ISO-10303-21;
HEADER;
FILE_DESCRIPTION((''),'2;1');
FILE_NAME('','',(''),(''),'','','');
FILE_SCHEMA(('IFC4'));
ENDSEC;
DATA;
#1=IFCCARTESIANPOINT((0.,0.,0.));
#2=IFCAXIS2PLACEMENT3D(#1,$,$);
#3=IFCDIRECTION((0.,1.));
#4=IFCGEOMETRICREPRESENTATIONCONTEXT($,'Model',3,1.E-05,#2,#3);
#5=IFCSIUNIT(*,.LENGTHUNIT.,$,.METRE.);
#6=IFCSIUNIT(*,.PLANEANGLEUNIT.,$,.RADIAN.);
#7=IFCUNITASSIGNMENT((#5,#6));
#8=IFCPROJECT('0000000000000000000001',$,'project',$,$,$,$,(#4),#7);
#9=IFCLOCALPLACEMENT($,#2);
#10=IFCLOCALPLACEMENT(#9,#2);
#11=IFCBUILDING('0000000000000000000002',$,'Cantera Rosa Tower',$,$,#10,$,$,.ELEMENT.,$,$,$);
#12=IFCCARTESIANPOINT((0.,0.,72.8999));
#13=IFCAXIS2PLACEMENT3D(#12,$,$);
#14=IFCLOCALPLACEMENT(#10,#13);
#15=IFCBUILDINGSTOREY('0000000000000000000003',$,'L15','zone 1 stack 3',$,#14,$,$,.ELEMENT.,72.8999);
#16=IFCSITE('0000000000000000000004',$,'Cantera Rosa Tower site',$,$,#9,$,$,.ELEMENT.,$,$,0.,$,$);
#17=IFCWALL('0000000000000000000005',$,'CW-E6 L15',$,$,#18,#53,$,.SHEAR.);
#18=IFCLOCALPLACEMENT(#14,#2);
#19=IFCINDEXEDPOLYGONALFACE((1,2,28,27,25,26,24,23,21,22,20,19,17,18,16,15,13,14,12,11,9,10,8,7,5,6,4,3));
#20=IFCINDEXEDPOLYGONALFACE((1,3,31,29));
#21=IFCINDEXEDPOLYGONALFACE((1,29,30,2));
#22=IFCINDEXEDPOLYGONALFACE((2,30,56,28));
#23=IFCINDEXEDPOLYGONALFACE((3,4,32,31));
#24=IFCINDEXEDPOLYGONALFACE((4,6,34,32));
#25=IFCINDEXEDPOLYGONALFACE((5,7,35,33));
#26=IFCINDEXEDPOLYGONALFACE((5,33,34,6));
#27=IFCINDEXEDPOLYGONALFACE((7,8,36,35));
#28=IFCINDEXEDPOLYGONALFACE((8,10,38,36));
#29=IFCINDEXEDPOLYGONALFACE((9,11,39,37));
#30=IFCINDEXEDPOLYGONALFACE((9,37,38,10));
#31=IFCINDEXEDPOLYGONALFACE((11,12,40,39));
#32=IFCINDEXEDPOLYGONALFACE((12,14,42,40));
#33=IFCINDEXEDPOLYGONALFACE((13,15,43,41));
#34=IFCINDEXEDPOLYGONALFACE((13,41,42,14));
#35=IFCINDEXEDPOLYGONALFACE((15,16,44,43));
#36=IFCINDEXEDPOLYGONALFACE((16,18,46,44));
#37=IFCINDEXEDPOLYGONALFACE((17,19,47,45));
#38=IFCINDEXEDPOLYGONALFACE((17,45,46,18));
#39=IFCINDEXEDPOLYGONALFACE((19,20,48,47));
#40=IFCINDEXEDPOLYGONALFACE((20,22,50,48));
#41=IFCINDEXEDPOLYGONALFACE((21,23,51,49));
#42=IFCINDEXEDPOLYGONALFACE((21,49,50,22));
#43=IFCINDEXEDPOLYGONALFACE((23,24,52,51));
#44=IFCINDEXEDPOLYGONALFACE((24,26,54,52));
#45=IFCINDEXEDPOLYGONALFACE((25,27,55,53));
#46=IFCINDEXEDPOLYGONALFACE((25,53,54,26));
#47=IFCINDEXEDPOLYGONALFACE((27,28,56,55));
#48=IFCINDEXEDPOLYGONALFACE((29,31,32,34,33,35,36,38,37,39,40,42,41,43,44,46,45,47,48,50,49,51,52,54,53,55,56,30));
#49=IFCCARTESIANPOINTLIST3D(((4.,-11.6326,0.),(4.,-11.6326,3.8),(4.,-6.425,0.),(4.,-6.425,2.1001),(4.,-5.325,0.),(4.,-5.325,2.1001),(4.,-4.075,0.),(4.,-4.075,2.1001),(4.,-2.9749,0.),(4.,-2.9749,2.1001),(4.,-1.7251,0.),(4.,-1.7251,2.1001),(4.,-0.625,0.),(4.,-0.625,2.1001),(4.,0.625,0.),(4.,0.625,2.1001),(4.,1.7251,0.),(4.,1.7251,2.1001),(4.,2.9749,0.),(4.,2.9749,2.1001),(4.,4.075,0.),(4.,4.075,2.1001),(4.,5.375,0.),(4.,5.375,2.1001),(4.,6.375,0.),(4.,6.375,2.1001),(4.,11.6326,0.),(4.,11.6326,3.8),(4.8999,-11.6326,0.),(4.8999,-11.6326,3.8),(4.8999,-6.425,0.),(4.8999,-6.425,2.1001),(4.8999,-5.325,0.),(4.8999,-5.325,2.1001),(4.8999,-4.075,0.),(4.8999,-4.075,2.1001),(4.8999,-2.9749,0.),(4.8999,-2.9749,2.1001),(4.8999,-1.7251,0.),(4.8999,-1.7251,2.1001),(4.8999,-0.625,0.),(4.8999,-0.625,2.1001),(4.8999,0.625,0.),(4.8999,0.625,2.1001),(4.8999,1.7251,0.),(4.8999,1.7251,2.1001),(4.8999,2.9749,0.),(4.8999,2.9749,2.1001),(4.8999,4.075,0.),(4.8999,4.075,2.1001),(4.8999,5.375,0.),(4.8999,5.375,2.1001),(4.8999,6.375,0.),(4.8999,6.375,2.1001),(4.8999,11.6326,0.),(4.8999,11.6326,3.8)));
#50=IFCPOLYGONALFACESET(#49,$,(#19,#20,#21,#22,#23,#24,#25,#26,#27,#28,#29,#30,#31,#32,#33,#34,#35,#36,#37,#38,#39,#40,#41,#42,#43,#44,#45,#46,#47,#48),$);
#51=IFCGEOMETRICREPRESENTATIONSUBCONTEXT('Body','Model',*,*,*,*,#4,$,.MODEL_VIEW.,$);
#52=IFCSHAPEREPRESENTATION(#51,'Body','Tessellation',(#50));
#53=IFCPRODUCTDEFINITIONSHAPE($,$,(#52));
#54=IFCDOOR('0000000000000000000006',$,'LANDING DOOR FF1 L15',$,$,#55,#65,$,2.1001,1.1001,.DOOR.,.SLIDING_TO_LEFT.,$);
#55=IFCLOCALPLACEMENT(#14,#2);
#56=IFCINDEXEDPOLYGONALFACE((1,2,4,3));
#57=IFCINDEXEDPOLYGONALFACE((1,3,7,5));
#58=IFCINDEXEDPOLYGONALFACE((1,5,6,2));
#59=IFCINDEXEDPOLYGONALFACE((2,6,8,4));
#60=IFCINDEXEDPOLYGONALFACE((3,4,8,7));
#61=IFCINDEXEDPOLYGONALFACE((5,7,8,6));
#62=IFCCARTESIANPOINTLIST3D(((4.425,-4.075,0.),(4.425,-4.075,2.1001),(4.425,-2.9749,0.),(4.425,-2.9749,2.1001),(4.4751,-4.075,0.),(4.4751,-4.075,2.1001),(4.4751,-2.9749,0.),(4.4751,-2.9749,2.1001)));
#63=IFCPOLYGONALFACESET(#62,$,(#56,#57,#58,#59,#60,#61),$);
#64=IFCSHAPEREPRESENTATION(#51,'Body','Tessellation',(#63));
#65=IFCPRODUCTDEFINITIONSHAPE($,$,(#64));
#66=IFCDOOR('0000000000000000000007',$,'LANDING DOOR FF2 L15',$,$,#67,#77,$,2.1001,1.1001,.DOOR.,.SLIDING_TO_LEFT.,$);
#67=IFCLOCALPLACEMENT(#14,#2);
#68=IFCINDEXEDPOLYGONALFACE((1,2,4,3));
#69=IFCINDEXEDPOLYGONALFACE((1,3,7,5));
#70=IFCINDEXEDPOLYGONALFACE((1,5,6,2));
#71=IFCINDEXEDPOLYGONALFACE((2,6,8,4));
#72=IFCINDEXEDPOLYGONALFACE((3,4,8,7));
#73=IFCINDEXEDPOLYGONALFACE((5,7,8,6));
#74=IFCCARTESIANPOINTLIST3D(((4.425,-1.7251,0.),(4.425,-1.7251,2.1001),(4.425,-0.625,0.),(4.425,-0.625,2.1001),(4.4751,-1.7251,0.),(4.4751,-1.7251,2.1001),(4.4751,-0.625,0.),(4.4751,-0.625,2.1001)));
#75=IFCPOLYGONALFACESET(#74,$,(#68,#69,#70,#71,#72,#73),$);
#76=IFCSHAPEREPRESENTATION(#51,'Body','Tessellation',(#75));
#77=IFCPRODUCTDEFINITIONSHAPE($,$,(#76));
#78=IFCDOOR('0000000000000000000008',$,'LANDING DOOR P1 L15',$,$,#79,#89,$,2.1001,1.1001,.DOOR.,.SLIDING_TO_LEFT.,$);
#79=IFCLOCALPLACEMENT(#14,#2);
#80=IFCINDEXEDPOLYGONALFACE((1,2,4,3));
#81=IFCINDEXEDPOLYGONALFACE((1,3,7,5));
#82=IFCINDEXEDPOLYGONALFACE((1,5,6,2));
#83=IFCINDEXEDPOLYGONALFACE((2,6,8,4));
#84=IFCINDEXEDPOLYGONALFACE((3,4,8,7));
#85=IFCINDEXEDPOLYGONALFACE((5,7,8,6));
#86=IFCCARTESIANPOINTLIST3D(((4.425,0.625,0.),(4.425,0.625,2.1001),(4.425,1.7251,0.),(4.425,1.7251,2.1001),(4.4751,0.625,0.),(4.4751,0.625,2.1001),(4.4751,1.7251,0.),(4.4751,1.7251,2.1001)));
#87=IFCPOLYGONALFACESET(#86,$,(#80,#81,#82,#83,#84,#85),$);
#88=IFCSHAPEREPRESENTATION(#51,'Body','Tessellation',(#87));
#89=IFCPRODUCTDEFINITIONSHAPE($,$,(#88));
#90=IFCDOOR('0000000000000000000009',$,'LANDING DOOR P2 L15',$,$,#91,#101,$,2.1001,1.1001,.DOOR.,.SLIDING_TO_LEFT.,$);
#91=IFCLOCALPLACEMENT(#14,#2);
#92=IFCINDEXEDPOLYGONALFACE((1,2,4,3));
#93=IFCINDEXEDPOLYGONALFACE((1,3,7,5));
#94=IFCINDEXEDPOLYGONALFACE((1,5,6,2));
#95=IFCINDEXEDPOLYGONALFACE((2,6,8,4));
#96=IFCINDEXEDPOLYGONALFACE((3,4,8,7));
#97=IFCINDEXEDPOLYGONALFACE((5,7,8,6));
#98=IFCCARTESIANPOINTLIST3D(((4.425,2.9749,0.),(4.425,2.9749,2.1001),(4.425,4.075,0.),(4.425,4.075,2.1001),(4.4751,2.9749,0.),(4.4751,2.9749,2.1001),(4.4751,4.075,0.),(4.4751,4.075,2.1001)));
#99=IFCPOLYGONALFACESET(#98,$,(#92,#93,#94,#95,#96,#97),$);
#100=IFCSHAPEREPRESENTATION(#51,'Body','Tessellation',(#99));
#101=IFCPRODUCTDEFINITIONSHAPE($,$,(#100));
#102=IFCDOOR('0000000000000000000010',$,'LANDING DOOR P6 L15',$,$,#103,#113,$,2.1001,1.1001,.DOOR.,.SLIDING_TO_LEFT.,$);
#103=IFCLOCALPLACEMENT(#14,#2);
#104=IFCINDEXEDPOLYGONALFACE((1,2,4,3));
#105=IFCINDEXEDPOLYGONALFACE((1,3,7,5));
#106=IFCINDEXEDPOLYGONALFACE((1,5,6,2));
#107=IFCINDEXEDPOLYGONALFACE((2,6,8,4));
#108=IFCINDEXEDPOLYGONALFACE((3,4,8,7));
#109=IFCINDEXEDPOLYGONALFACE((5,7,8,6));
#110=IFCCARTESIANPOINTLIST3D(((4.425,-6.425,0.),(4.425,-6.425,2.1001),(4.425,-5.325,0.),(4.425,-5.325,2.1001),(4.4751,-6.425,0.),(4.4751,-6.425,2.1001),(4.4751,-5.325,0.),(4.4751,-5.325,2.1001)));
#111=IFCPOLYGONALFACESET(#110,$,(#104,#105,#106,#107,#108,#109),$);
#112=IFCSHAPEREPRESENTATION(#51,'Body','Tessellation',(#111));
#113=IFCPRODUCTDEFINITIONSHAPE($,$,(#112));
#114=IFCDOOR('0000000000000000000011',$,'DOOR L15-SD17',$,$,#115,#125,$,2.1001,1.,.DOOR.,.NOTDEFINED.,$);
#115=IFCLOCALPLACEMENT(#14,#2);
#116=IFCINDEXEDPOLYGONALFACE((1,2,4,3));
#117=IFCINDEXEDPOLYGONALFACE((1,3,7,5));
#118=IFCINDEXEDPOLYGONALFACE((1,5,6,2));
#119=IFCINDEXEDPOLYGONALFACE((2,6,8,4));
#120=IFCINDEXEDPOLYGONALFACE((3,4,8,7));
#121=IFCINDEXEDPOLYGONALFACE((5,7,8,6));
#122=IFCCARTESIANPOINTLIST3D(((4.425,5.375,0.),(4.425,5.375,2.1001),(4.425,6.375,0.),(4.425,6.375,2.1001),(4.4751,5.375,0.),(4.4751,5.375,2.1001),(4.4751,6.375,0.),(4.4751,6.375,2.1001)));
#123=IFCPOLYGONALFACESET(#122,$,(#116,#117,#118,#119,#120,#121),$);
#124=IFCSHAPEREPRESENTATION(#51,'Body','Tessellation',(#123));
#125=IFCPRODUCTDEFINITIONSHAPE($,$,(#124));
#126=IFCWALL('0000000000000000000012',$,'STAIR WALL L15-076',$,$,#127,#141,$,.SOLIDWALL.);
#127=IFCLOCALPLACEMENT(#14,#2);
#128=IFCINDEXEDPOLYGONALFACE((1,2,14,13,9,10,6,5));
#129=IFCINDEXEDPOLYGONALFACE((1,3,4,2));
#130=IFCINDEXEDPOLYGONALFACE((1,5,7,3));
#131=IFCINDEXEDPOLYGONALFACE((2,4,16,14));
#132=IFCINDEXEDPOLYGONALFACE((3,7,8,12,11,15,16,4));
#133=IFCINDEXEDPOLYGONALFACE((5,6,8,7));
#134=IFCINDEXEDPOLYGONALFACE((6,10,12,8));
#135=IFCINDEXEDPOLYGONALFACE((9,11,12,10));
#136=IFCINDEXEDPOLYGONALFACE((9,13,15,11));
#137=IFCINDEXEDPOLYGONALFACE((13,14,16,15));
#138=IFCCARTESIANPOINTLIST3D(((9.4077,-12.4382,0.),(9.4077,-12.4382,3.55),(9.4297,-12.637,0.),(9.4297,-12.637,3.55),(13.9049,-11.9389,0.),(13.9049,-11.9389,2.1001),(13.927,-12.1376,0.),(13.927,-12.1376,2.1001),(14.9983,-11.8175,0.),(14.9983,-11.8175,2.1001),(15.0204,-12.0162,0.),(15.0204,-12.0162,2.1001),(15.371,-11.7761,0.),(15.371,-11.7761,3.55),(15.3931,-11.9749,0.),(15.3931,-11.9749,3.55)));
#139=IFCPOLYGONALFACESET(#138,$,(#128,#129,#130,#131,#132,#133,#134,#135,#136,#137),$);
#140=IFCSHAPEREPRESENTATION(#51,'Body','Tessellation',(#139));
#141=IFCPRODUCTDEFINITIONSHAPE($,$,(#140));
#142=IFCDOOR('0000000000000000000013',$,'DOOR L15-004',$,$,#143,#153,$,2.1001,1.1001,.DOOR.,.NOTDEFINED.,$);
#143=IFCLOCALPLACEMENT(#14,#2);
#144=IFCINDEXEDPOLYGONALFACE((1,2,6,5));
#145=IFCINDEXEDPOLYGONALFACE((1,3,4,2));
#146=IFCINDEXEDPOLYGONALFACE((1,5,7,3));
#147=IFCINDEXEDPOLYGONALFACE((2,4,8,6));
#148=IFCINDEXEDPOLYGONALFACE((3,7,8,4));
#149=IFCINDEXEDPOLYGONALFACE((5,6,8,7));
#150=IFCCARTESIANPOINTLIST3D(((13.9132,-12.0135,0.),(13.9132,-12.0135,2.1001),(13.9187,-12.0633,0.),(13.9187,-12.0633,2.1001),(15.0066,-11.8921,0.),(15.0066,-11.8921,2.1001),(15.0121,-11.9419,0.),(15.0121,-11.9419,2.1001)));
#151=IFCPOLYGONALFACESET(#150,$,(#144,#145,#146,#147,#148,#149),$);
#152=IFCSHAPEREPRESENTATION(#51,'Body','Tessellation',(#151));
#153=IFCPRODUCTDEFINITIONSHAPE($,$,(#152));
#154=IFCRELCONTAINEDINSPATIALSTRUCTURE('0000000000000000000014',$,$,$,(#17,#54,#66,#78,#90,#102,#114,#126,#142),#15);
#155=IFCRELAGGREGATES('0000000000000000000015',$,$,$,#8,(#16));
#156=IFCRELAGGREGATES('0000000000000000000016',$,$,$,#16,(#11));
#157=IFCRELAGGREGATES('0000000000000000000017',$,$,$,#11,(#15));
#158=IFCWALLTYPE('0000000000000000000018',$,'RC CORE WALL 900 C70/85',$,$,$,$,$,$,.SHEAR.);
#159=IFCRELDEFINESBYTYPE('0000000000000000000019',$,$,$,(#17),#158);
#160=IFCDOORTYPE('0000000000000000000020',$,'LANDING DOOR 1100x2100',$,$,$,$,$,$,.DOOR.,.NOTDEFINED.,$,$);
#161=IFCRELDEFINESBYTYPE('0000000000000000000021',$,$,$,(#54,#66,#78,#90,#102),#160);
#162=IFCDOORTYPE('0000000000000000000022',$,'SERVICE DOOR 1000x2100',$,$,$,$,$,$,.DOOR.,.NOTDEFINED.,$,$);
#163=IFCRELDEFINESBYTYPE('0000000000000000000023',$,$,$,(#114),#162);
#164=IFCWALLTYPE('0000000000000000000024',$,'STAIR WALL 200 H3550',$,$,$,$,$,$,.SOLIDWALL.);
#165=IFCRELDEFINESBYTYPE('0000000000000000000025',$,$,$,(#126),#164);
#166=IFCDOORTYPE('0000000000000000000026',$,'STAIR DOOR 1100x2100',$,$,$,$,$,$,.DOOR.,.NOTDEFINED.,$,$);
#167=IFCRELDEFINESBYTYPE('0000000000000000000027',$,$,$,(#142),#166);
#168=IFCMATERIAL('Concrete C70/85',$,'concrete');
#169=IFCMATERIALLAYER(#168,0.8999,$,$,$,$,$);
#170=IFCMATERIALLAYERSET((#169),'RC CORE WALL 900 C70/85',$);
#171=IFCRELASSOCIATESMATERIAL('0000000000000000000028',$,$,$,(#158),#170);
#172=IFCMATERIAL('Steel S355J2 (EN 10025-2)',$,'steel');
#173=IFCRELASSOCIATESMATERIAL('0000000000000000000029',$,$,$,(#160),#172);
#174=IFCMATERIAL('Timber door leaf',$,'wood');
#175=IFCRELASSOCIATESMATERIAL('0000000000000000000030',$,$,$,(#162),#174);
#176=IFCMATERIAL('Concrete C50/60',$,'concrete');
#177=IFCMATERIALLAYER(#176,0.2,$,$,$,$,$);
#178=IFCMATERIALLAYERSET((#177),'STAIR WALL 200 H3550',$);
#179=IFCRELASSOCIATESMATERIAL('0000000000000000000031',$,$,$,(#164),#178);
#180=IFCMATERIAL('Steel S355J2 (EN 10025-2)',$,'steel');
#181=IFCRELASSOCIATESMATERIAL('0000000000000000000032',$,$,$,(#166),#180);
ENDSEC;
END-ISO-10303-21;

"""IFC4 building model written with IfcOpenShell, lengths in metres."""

from ifc_helpers import new_model, si_unit, direction, frame, frame_2d, origin, place, context, subcontext, project, spatial, rectangle, extrude, material, layer, layer_set, type_object, element, fill, save


model = new_model("IFC4")

# Units and contexts
model_context = context("Model", 3, precision=1e-05, world=origin(), true_north=direction((0.0, 1.0)))
body_context = subcontext(model_context, "Body", "Model", "MODEL_VIEW")
ifc_project = project(units=[si_unit("LENGTHUNIT", "METRE"), si_unit("PLANEANGLEUNIT", "RADIAN")], contexts=[model_context])

# Site, building, storey
site_placement = place(None, origin())
site = spatial("IfcSite", under=ifc_project, at=site_placement, Name="Cantera Rosa Tower site", CompositionType="ELEMENT", RefElevation=0.0)
building_placement = place(site_placement, origin())
building = spatial("IfcBuilding", under=site, at=building_placement, Name="Cantera Rosa Tower", CompositionType="ELEMENT")
storey_placement = place(building_placement, frame((0.0, 0.0, 72.8999)))
storey = spatial("IfcBuildingStorey", under=building, at=storey_placement, Name="L15", Description="zone 1 stack 3", CompositionType="ELEMENT", Elevation=72.8999)

# Wall, openings, doors
ifc_material_1 = material(Name="Concrete C70/85", Category="concrete")
ifc_layer_1 = layer(ifc_material_1, 0.8999)
ifc_layer_set_1 = layer_set([ifc_layer_1], Name="RC CORE WALL 900 C70/85")
wall_type_1 = type_object("IfcWallType", Name="RC CORE WALL 900 C70/85", PredefinedType="SHEAR", material=ifc_layer_set_1)
wall_1_placement = place(storey_placement, frame((4.45, -11.6326, 0.0), z_axis=(0.0, 0.0, 1.0), x_axis=(0.0, 1.0, 0.0)))
wall_1 = element("IfcWall", 1, at=wall_1_placement, inside=storey, type_object=wall_type_1, Name="CW-E6 L15", PredefinedType="SHEAR", context=body_context, shape_type="SweptSolid", body=[
    extrude(rectangle(XDim=23.2651, YDim=0.8999, at=frame_2d((11.6326, 0.0))), origin(), (0.0, 0.0, 1.0), 3.8),
])
opening_1_placement = place(wall_1_placement, frame((7.5576, 0.0, 0.0)))
opening_1 = element("IfcOpeningElement", 2, at=opening_1_placement, cuts=wall_1, PredefinedType="OPENING", context=body_context, shape_type="SweptSolid", body=[
    extrude(rectangle(XDim=1.1001, YDim=2.1001, at=frame_2d((0.55, 1.05))), frame((0.0, 0.46, 0.0), z_axis=(0.0, -1.0, 0.0), x_axis=(1.0, 0.0, 0.0)), (0.0, 0.0, 1.0), 0.9199),
])
opening_2_placement = place(wall_1_placement, frame((9.9075, 0.0, 0.0)))
opening_2 = element("IfcOpeningElement", 3, at=opening_2_placement, cuts=wall_1, PredefinedType="OPENING", context=body_context, shape_type="SweptSolid", body=[
    extrude(rectangle(XDim=1.1001, YDim=2.1001, at=frame_2d((0.55, 1.05))), frame((0.0, 0.46, 0.0), z_axis=(0.0, -1.0, 0.0), x_axis=(1.0, 0.0, 0.0)), (0.0, 0.0, 1.0), 0.9199),
])
opening_3_placement = place(wall_1_placement, frame((12.2576, 0.0, 0.0)))
opening_3 = element("IfcOpeningElement", 4, at=opening_3_placement, cuts=wall_1, PredefinedType="OPENING", context=body_context, shape_type="SweptSolid", body=[
    extrude(rectangle(XDim=1.1001, YDim=2.1001, at=frame_2d((0.55, 1.05))), frame((0.0, 0.46, 0.0), z_axis=(0.0, -1.0, 0.0), x_axis=(1.0, 0.0, 0.0)), (0.0, 0.0, 1.0), 0.9199),
])
opening_4_placement = place(wall_1_placement, frame((14.6074, 0.0, 0.0)))
opening_4 = element("IfcOpeningElement", 5, at=opening_4_placement, cuts=wall_1, PredefinedType="OPENING", context=body_context, shape_type="SweptSolid", body=[
    extrude(rectangle(XDim=1.1001, YDim=2.1001, at=frame_2d((0.55, 1.05))), frame((0.0, 0.46, 0.0), z_axis=(0.0, -1.0, 0.0), x_axis=(1.0, 0.0, 0.0)), (0.0, 0.0, 1.0), 0.9199),
])
opening_5_placement = place(wall_1_placement, frame((5.2075, 0.0, 0.0)))
opening_5 = element("IfcOpeningElement", 6, at=opening_5_placement, cuts=wall_1, PredefinedType="OPENING", context=body_context, shape_type="SweptSolid", body=[
    extrude(rectangle(XDim=1.1001, YDim=2.1001, at=frame_2d((0.55, 1.05))), frame((0.0, 0.46, 0.0), z_axis=(0.0, -1.0, 0.0), x_axis=(1.0, 0.0, 0.0)), (0.0, 0.0, 1.0), 0.9199),
])
opening_6_placement = place(wall_1_placement, frame((17.0076, 0.0, 0.0)))
opening_6 = element("IfcOpeningElement", 7, at=opening_6_placement, cuts=wall_1, PredefinedType="OPENING", context=body_context, shape_type="SweptSolid", body=[
    extrude(rectangle(XDim=1.0, YDim=2.1001, at=frame_2d((0.5, 1.05))), frame((0.0, 0.46, 0.0), z_axis=(0.0, -1.0, 0.0), x_axis=(1.0, 0.0, 0.0)), (0.0, 0.0, 1.0), 0.9199),
])
ifc_material_2 = material(Name="Steel S355J2 (EN 10025-2)", Category="steel")
door_type_1 = type_object("IfcDoorType", Name="LANDING DOOR 1100x2100", OperationType="NOTDEFINED", PredefinedType="DOOR", material=ifc_material_2)
door_1_placement = place(opening_1_placement, origin())
door_1 = element("IfcDoor", 8, at=door_1_placement, inside=storey, type_object=door_type_1, Name="LANDING DOOR FF1 L15", OperationType="SLIDING_TO_LEFT", OverallHeight=2.1001, OverallWidth=1.1001, PredefinedType="DOOR", context=body_context, shape_type="SweptSolid", body=[
    extrude(rectangle(XDim=1.1001, YDim=2.1001, at=frame_2d((0.55, 1.05))), frame((0.0, 0.0249, 0.0), z_axis=(0.0, -1.0, 0.0), x_axis=(1.0, 0.0, 0.0)), (0.0, 0.0, 1.0), 0.05),
])
fill(opening_1, door_1)
door_2_placement = place(opening_2_placement, origin())
door_2 = element("IfcDoor", 9, at=door_2_placement, inside=storey, type_object=door_type_1, Name="LANDING DOOR FF2 L15", OperationType="SLIDING_TO_LEFT", OverallHeight=2.1001, OverallWidth=1.1001, PredefinedType="DOOR", context=body_context, shape_type="SweptSolid", body=[
    extrude(rectangle(XDim=1.1001, YDim=2.1001, at=frame_2d((0.55, 1.05))), frame((0.0, 0.0249, 0.0), z_axis=(0.0, -1.0, 0.0), x_axis=(1.0, 0.0, 0.0)), (0.0, 0.0, 1.0), 0.05),
])
fill(opening_2, door_2)
door_3_placement = place(opening_3_placement, origin())
door_3 = element("IfcDoor", 10, at=door_3_placement, inside=storey, type_object=door_type_1, Name="LANDING DOOR P1 L15", OperationType="SLIDING_TO_LEFT", OverallHeight=2.1001, OverallWidth=1.1001, PredefinedType="DOOR", context=body_context, shape_type="SweptSolid", body=[
    extrude(rectangle(XDim=1.1001, YDim=2.1001, at=frame_2d((0.55, 1.05))), frame((0.0, 0.0249, 0.0), z_axis=(0.0, -1.0, 0.0), x_axis=(1.0, 0.0, 0.0)), (0.0, 0.0, 1.0), 0.05),
])
fill(opening_3, door_3)
door_4_placement = place(opening_4_placement, origin())
door_4 = element("IfcDoor", 11, at=door_4_placement, inside=storey, type_object=door_type_1, Name="LANDING DOOR P2 L15", OperationType="SLIDING_TO_LEFT", OverallHeight=2.1001, OverallWidth=1.1001, PredefinedType="DOOR", context=body_context, shape_type="SweptSolid", body=[
    extrude(rectangle(XDim=1.1001, YDim=2.1001, at=frame_2d((0.55, 1.05))), frame((0.0, 0.0249, 0.0), z_axis=(0.0, -1.0, 0.0), x_axis=(1.0, 0.0, 0.0)), (0.0, 0.0, 1.0), 0.05),
])
fill(opening_4, door_4)
door_5_placement = place(opening_5_placement, origin())
door_5 = element("IfcDoor", 12, at=door_5_placement, inside=storey, type_object=door_type_1, Name="LANDING DOOR P6 L15", OperationType="SLIDING_TO_LEFT", OverallHeight=2.1001, OverallWidth=1.1001, PredefinedType="DOOR", context=body_context, shape_type="SweptSolid", body=[
    extrude(rectangle(XDim=1.1001, YDim=2.1001, at=frame_2d((0.55, 1.05))), frame((0.0, 0.0249, 0.0), z_axis=(0.0, -1.0, 0.0), x_axis=(1.0, 0.0, 0.0)), (0.0, 0.0, 1.0), 0.05),
])
fill(opening_5, door_5)
ifc_material_3 = material(Name="Timber door leaf", Category="wood")
door_type_2 = type_object("IfcDoorType", Name="SERVICE DOOR 1000x2100", OperationType="NOTDEFINED", PredefinedType="DOOR", material=ifc_material_3)
door_6_placement = place(opening_6_placement, origin())
door_6 = element("IfcDoor", 13, at=door_6_placement, inside=storey, type_object=door_type_2, Name="DOOR L15-SD17", OperationType="NOTDEFINED", OverallHeight=2.1001, OverallWidth=1.0, PredefinedType="DOOR", context=body_context, shape_type="SweptSolid", body=[
    extrude(rectangle(XDim=1.0, YDim=2.1001, at=frame_2d((0.5, 1.05))), frame((0.0, 0.0249, 0.0), z_axis=(0.0, -1.0, 0.0), x_axis=(1.0, 0.0, 0.0)), (0.0, 0.0, 1.0), 0.05),
])
fill(opening_6, door_6)

# Wall, opening, door
ifc_material_4 = material(Name="Concrete C50/60", Category="concrete")
ifc_layer_2 = layer(ifc_material_4, 0.2)
ifc_layer_set_2 = layer_set([ifc_layer_2], Name="STAIR WALL 200 H3550")
wall_type_2 = type_object("IfcWallType", Name="STAIR WALL 200 H3550", PredefinedType="SOLIDWALL", material=ifc_layer_set_2)
wall_2_placement = place(storey_placement, frame((9.4187, -12.5376, 0.0), z_axis=(0.0, 0.0, 1.0), x_axis=(0.993893, 0.110351, 0.0)))
wall_2 = element("IfcWall", 14, at=wall_2_placement, inside=storey, type_object=wall_type_2, Name="STAIR WALL L15-076", PredefinedType="SOLIDWALL", context=body_context, shape_type="SweptSolid", body=[
    extrude(rectangle(XDim=6.0, YDim=0.2, at=frame_2d((3.0, 0.0))), origin(), (0.0, 0.0, 1.0), 3.55),
])
opening_7_placement = place(wall_2_placement, frame((4.5249, 0.0, 0.0)))
opening_7 = element("IfcOpeningElement", 15, at=opening_7_placement, cuts=wall_2, PredefinedType="OPENING", context=body_context, shape_type="SweptSolid", body=[
    extrude(rectangle(XDim=1.1001, YDim=2.1001, at=frame_2d((0.55, 1.05))), frame((0.0, 0.1099, 0.0), z_axis=(0.0, -1.0, 0.0), x_axis=(1.0, 0.0, 0.0)), (0.0, 0.0, 1.0), 0.22),
])
ifc_material_5 = material(Name="Steel S355J2 (EN 10025-2)", Category="steel")
door_type_3 = type_object("IfcDoorType", Name="STAIR DOOR 1100x2100", OperationType="NOTDEFINED", PredefinedType="DOOR", material=ifc_material_5)
door_7_placement = place(opening_7_placement, origin())
door_7 = element("IfcDoor", 16, at=door_7_placement, inside=storey, type_object=door_type_3, Name="DOOR L15-004", OperationType="NOTDEFINED", OverallHeight=2.1001, OverallWidth=1.1001, PredefinedType="DOOR", context=body_context, shape_type="SweptSolid", body=[
    extrude(rectangle(XDim=1.1001, YDim=2.1001, at=frame_2d((0.55, 1.05))), frame((0.0, 0.0249, 0.0), z_axis=(0.0, -1.0, 0.0), x_axis=(1.0, 0.0, 0.0)), (0.0, 0.0, 1.0), 0.05),
])
fill(opening_7, door_7)

save(model, "model.ifc")
